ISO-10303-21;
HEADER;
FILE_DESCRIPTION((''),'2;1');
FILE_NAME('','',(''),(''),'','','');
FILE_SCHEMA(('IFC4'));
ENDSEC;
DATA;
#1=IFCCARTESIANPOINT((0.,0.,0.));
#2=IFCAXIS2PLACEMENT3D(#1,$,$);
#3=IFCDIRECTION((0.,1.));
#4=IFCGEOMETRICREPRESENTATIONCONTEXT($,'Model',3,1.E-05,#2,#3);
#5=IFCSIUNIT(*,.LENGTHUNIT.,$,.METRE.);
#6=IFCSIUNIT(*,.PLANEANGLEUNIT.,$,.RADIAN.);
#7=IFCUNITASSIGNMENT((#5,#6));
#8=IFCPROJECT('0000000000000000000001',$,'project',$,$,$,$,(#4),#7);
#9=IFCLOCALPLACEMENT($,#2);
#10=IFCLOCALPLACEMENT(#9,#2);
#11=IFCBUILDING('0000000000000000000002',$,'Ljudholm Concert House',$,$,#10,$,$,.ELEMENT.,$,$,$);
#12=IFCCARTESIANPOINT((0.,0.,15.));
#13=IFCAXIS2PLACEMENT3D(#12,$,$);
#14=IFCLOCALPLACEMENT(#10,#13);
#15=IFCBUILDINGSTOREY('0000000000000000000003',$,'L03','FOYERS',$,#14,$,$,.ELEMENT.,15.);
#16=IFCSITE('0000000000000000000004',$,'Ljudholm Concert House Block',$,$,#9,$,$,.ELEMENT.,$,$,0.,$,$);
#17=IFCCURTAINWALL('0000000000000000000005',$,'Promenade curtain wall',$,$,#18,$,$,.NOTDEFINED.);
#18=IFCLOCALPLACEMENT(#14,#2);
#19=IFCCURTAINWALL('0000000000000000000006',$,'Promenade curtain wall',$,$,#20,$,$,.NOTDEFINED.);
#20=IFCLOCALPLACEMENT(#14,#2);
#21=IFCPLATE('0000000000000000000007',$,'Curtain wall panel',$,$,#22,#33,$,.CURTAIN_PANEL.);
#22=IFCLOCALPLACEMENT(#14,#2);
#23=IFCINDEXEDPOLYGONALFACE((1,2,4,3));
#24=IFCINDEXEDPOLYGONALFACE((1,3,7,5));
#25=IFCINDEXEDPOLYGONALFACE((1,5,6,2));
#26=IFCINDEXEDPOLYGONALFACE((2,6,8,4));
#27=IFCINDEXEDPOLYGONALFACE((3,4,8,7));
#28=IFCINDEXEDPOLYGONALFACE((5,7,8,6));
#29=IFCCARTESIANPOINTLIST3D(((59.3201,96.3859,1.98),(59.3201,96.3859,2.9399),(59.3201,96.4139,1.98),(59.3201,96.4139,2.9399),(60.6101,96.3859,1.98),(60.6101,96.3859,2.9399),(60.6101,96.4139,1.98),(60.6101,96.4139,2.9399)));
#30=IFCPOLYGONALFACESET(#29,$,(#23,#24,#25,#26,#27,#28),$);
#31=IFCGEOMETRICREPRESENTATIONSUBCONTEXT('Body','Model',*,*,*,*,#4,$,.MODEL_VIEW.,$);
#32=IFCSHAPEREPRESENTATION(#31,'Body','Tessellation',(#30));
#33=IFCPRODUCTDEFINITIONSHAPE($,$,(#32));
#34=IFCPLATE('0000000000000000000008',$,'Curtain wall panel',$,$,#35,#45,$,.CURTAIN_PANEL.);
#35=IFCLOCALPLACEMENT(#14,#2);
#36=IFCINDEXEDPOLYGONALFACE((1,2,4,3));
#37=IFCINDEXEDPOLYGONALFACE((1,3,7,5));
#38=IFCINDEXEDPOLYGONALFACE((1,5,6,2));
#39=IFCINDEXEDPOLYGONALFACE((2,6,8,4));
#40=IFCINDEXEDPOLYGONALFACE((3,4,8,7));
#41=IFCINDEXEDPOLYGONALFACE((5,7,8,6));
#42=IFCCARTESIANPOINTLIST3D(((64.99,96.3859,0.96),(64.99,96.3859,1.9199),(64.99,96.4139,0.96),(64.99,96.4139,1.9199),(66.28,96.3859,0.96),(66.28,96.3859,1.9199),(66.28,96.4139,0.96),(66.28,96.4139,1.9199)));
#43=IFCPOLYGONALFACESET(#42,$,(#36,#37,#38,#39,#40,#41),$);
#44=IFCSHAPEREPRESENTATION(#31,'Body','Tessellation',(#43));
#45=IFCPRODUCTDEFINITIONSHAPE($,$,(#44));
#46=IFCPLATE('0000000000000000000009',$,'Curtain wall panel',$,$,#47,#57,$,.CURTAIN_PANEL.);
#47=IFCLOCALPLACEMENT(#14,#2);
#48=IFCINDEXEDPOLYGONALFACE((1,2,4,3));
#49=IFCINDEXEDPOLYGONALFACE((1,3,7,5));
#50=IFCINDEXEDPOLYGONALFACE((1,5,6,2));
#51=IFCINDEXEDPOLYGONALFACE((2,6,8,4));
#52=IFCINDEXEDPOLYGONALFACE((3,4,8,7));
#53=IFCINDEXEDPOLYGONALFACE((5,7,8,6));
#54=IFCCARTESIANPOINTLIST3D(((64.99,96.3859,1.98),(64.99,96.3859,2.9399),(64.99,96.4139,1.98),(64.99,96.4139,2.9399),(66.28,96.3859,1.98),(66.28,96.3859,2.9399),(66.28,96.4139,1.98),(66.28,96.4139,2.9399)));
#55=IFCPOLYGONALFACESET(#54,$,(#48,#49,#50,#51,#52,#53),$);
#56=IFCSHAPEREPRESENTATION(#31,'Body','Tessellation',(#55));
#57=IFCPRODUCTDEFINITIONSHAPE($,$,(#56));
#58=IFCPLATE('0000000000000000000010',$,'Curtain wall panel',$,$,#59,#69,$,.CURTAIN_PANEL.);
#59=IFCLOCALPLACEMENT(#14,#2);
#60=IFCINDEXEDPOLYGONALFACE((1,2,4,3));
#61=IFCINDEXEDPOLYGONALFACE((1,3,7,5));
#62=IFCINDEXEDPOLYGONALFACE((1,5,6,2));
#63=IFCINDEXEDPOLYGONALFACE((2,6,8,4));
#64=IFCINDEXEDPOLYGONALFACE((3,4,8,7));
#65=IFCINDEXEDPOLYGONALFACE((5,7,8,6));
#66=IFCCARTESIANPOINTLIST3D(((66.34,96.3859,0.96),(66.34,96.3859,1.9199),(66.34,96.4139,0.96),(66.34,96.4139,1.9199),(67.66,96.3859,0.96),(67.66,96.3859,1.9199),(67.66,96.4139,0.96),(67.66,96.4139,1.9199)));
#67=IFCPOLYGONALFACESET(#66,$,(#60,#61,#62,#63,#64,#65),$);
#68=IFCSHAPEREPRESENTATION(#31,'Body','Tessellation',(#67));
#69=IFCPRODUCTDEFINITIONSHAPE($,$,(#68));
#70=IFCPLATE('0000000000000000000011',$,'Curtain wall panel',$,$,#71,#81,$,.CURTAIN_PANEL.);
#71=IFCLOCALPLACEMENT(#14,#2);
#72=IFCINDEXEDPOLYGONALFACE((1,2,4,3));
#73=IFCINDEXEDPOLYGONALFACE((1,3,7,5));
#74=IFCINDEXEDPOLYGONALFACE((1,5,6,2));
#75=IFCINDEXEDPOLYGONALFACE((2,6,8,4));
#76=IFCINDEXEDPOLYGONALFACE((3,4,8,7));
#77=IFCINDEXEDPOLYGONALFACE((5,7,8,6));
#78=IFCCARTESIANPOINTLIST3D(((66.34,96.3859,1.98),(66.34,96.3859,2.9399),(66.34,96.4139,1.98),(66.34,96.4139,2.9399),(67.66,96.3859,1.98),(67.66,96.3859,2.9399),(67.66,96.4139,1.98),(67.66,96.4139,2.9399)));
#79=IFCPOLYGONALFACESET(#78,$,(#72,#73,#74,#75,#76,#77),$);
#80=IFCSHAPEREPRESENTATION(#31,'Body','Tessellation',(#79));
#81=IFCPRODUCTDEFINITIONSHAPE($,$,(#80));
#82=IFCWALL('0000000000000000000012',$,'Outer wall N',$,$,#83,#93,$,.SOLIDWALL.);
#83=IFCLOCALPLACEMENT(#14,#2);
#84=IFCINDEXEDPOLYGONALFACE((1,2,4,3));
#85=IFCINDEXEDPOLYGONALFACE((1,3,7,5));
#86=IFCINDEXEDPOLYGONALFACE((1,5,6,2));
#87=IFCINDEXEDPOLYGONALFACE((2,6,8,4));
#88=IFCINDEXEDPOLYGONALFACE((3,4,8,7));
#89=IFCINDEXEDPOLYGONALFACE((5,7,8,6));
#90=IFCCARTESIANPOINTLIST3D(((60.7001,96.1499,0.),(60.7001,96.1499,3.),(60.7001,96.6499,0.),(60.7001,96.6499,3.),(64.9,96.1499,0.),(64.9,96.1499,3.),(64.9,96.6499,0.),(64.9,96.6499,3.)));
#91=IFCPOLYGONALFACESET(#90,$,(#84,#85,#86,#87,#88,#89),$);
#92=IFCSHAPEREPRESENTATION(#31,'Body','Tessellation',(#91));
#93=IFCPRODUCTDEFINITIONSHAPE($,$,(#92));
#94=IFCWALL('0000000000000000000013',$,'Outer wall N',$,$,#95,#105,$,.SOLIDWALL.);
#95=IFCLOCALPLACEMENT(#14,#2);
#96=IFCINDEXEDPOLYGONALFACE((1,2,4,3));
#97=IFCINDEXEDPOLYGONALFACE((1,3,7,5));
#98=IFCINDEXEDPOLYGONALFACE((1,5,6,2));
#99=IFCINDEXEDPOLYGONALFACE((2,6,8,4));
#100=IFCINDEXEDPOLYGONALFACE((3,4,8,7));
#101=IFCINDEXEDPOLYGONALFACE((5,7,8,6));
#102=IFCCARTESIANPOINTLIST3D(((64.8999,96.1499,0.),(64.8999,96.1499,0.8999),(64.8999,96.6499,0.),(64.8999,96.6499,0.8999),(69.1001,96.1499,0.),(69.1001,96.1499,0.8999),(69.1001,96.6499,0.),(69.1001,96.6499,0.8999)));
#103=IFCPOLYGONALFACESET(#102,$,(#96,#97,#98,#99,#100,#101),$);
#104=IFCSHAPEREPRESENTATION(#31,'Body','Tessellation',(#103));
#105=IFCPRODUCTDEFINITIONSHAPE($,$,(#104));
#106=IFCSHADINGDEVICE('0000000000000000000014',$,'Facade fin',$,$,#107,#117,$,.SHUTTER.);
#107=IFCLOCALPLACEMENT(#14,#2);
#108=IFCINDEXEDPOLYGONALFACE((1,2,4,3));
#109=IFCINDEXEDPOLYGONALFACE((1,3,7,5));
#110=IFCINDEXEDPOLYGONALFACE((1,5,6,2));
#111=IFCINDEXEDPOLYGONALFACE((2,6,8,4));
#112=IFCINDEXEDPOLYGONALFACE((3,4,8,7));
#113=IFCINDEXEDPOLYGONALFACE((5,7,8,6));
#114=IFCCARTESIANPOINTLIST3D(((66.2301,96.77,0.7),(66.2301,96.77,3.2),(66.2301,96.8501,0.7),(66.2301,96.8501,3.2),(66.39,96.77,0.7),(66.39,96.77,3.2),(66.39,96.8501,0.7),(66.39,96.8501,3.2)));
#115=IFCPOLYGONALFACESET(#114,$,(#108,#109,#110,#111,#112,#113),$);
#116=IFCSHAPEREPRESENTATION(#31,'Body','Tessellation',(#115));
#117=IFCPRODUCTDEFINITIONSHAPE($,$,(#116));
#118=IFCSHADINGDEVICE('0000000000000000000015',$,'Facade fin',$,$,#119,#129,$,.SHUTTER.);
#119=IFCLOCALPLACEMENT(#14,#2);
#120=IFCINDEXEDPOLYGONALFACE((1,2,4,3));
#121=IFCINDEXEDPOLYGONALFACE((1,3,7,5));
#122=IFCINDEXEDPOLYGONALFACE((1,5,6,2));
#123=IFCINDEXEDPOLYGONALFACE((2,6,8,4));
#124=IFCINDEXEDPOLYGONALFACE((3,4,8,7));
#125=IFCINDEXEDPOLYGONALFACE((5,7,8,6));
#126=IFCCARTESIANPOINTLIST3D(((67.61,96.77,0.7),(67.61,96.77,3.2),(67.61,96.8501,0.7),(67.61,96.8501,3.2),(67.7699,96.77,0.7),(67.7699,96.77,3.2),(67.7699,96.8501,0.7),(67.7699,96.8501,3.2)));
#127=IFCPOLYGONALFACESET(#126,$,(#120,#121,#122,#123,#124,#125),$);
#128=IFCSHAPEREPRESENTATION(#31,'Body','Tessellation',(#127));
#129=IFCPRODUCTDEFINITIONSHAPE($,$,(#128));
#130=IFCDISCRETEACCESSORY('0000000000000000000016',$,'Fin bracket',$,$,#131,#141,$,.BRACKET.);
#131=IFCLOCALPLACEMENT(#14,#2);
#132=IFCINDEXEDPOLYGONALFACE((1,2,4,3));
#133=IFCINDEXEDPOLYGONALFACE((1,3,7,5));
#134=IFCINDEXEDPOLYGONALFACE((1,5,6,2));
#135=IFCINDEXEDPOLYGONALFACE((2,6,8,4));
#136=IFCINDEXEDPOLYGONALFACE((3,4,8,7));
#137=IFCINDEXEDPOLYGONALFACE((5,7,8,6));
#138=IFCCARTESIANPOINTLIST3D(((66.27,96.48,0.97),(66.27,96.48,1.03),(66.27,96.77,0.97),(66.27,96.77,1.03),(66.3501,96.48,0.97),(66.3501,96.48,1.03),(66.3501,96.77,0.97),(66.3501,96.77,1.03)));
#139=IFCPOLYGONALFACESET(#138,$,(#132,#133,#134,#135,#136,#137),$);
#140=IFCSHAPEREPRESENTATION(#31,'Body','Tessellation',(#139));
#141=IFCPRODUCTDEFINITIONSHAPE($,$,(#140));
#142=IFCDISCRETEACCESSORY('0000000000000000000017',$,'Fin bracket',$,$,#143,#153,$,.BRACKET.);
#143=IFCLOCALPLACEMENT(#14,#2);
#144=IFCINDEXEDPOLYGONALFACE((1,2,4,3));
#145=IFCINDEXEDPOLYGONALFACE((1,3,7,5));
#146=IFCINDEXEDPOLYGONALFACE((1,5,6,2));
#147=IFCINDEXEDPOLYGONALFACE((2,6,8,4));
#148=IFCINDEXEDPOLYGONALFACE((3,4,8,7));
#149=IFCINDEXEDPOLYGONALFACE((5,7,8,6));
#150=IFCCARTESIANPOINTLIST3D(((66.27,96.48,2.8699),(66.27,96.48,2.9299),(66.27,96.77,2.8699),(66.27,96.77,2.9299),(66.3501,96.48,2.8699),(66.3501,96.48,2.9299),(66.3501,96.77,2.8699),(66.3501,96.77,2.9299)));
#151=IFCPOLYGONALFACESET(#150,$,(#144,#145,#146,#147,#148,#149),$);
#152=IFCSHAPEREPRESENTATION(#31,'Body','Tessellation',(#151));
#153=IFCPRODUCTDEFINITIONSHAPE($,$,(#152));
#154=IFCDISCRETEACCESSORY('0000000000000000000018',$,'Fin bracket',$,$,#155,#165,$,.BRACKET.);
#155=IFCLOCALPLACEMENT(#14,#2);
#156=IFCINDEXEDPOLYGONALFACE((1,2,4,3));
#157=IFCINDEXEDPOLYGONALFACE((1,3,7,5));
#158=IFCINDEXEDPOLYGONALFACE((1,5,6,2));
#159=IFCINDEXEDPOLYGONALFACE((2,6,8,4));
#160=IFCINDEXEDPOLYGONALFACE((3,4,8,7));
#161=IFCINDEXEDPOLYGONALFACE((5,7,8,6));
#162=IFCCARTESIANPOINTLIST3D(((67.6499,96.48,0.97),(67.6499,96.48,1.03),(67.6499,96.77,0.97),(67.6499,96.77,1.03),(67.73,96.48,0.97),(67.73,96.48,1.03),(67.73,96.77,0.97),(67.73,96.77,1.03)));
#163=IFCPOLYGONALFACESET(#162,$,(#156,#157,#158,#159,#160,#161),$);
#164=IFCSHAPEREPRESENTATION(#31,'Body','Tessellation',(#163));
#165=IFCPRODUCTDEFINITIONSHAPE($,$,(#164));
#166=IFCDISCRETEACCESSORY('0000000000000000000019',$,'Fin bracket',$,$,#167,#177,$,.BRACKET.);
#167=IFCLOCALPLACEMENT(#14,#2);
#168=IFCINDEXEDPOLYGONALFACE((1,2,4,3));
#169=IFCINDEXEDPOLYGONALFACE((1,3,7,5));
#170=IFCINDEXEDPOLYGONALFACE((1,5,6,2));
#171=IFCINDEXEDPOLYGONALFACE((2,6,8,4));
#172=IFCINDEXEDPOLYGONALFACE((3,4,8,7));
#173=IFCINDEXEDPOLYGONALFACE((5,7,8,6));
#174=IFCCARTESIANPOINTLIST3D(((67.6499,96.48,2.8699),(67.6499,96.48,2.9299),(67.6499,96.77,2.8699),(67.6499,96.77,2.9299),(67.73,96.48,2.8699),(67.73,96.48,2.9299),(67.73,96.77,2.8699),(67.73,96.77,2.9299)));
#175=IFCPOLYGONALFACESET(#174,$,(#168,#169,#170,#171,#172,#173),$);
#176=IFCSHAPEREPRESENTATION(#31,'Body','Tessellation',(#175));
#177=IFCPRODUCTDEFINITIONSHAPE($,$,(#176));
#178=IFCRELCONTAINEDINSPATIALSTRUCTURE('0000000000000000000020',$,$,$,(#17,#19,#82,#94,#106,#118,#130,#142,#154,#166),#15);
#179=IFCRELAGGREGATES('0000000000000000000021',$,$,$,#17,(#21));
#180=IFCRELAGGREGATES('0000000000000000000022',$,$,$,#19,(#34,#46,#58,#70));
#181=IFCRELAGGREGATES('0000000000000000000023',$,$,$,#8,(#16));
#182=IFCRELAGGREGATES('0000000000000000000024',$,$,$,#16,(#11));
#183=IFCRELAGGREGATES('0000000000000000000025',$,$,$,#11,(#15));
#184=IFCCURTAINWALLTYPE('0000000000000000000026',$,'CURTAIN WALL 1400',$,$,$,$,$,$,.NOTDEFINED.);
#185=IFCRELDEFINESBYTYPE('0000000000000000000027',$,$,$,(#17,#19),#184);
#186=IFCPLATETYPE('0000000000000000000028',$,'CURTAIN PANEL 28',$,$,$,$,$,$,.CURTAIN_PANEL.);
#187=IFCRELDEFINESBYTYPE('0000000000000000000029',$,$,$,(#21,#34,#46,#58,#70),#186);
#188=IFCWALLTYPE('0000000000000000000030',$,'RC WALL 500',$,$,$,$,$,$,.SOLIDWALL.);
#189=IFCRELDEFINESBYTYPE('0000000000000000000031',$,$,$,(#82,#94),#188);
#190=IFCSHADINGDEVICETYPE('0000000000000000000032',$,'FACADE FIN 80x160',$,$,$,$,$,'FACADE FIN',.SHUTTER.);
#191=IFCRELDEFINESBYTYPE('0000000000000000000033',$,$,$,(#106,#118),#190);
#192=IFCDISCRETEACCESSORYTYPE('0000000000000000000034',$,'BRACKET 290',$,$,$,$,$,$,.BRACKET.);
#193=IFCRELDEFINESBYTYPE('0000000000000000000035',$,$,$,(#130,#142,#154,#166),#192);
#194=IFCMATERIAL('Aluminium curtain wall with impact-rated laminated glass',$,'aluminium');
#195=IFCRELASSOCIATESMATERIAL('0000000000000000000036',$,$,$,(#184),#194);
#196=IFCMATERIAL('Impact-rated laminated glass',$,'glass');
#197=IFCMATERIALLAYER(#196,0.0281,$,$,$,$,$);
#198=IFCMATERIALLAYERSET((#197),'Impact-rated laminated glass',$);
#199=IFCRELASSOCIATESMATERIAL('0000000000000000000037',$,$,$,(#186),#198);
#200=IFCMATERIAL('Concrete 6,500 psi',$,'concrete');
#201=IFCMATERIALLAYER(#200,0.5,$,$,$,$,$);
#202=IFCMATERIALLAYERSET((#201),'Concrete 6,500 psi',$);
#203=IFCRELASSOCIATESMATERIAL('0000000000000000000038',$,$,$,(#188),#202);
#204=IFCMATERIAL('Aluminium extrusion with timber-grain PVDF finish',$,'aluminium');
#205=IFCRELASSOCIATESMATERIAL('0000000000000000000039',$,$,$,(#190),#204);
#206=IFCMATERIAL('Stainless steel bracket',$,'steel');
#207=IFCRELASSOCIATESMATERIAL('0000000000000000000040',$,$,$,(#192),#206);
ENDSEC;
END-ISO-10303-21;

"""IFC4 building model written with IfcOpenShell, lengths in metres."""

from ifc_helpers import new_model, si_unit, direction, frame, frame_2d, origin, origin_2d, place, context, subcontext, project, spatial, rectangle, extrude, material, layer, layer_set, type_object, element, aggregate, save


model = new_model("IFC4")

# Units and contexts
model_context = context("Model", 3, precision=1e-05, world=origin(), true_north=direction((0.0, 1.0)))
body_context = subcontext(model_context, "Body", "Model", "MODEL_VIEW")
ifc_project = project(units=[si_unit("LENGTHUNIT", "METRE"), si_unit("PLANEANGLEUNIT", "RADIAN")], contexts=[model_context])

# Site, building, storey
site_placement = place(None, origin())
site = spatial("IfcSite", under=ifc_project, at=site_placement, Name="Ljudholm Concert House Block", CompositionType="ELEMENT", RefElevation=0.0)
building_placement = place(site_placement, origin())
building = spatial("IfcBuilding", under=site, at=building_placement, Name="Ljudholm Concert House", CompositionType="ELEMENT")
storey_placement = place(building_placement, frame((0.0, 0.0, 15.0)))
storey = spatial("IfcBuildingStorey", under=building, at=storey_placement, Name="L03", Description="FOYERS", CompositionType="ELEMENT", Elevation=15.0)

# Curtain wall
ifc_material_1 = material(Name="Aluminium curtain wall with impact-rated laminated glass", Category="aluminium")
curtain_wall_type = type_object("IfcCurtainWallType", Name="CURTAIN WALL 1400", PredefinedType="NOTDEFINED", material=ifc_material_1)
curtain_wall_1_placement = place(storey_placement, origin())
curtain_wall_1 = element("IfcCurtainWall", 1, at=curtain_wall_1_placement, inside=storey, type_object=curtain_wall_type, Name="Promenade curtain wall", PredefinedType="NOTDEFINED")

# Curtain wall
curtain_wall_2_placement = place(storey_placement, origin())
curtain_wall_2 = element("IfcCurtainWall", 2, at=curtain_wall_2_placement, inside=storey, type_object=curtain_wall_type, Name="Promenade curtain wall", PredefinedType="NOTDEFINED")

# Plates
ifc_material_2 = material(Name="Impact-rated laminated glass", Category="glass")
ifc_layer_1 = layer(ifc_material_2, 0.0281)
ifc_layer_set_1 = layer_set([ifc_layer_1], Name="Impact-rated laminated glass")
plate_type = type_object("IfcPlateType", Name="CURTAIN PANEL 28", PredefinedType="CURTAIN_PANEL", material=ifc_layer_set_1)
plate_1_placement = place(storey_placement, frame((59.9651, 96.3999, 1.98), z_axis=(0.0, 0.0, 1.0), x_axis=(1.0, 0.0, 0.0)))
plate_1 = element("IfcPlate", 3, at=plate_1_placement, type_object=plate_type, Name="Curtain wall panel", PredefinedType="CURTAIN_PANEL", context=body_context, shape_type="SweptSolid", body=[
    extrude(rectangle(XDim=1.29, YDim=0.0281, at=origin_2d()), origin(), (0.0, 0.0, 1.0), 0.96),
])
aggregate(curtain_wall_1, [plate_1])
plate_2_placement = place(storey_placement, frame((65.635, 96.3999, 0.96), z_axis=(0.0, 0.0, 1.0), x_axis=(1.0, 0.0, 0.0)))
plate_2 = element("IfcPlate", 4, at=plate_2_placement, type_object=plate_type, Name="Curtain wall panel", PredefinedType="CURTAIN_PANEL", context=body_context, shape_type="SweptSolid", body=[
    extrude(rectangle(XDim=1.29, YDim=0.0281, at=origin_2d()), origin(), (0.0, 0.0, 1.0), 0.96),
])
plate_3_placement = place(storey_placement, frame((65.635, 96.3999, 1.98), z_axis=(0.0, 0.0, 1.0), x_axis=(1.0, 0.0, 0.0)))
plate_3 = element("IfcPlate", 5, at=plate_3_placement, type_object=plate_type, Name="Curtain wall panel", PredefinedType="CURTAIN_PANEL", context=body_context, shape_type="SweptSolid", body=[
    extrude(rectangle(XDim=1.29, YDim=0.0281, at=origin_2d()), origin(), (0.0, 0.0, 1.0), 0.96),
])
plate_4_placement = place(storey_placement, frame((67.0, 96.3999, 0.96), z_axis=(0.0, 0.0, 1.0), x_axis=(1.0, 0.0, 0.0)))
plate_4 = element("IfcPlate", 6, at=plate_4_placement, type_object=plate_type, Name="Curtain wall panel", PredefinedType="CURTAIN_PANEL", context=body_context, shape_type="SweptSolid", body=[
    extrude(rectangle(XDim=1.3201, YDim=0.0281, at=origin_2d()), origin(), (0.0, 0.0, 1.0), 0.96),
])
plate_5_placement = place(storey_placement, frame((67.0, 96.3999, 1.98), z_axis=(0.0, 0.0, 1.0), x_axis=(1.0, 0.0, 0.0)))
plate_5 = element("IfcPlate", 7, at=plate_5_placement, type_object=plate_type, Name="Curtain wall panel", PredefinedType="CURTAIN_PANEL", context=body_context, shape_type="SweptSolid", body=[
    extrude(rectangle(XDim=1.3201, YDim=0.0281, at=origin_2d()), origin(), (0.0, 0.0, 1.0), 0.96),
])
aggregate(curtain_wall_2, [plate_2, plate_3, plate_4, plate_5])

# Walls
ifc_material_3 = material(Name="Concrete 6,500 psi", Category="concrete")
ifc_layer_2 = layer(ifc_material_3, 0.5)
ifc_layer_set_2 = layer_set([ifc_layer_2], Name="Concrete 6,500 psi")
wall_type = type_object("IfcWallType", Name="RC WALL 500", PredefinedType="SOLIDWALL", material=ifc_layer_set_2)
wall_1_placement = place(storey_placement, frame((60.7, 96.3999, 0.0), z_axis=(0.0, 0.0, 1.0), x_axis=(1.0, 0.0, 0.0)))
element("IfcWall", 8, at=wall_1_placement, inside=storey, type_object=wall_type, Name="Outer wall N", PredefinedType="SOLIDWALL", context=body_context, shape_type="SweptSolid", body=[
    extrude(rectangle(XDim=4.2, YDim=0.5, at=frame_2d((2.1001, 0.0))), origin(), (0.0, 0.0, 1.0), 3.0),
])
wall_2_placement = place(storey_placement, frame((64.8999, 96.3999, 0.0), z_axis=(0.0, 0.0, 1.0), x_axis=(1.0, 0.0, 0.0)))
element("IfcWall", 9, at=wall_2_placement, inside=storey, type_object=wall_type, Name="Outer wall N", PredefinedType="SOLIDWALL", context=body_context, shape_type="SweptSolid", body=[
    extrude(rectangle(XDim=4.2002, YDim=0.5, at=frame_2d((2.1001, 0.0))), origin(), (0.0, 0.0, 1.0), 0.8999),
])

# Shading devices
ifc_material_4 = material(Name="Aluminium extrusion with timber-grain PVDF finish", Category="aluminium")
shading_device_type = type_object("IfcShadingDeviceType", Name="FACADE FIN 80x160", ElementType="FACADE FIN", PredefinedType="SHUTTER", material=ifc_material_4)
for number, where, z_axis, x_axis, name in (
    (10, (66.3101, 96.8101, 0.7), (0.0, 0.0, 1.0), (0.0, 1.0, 0.0), "Facade fin"),
    (11, (67.6899, 96.8101, 0.7), (0.0, 0.0, 1.0), (0.0, 1.0, 0.0), "Facade fin"),
):
    element("IfcShadingDevice", number, at=place(storey_placement, frame(where, z_axis=z_axis, x_axis=x_axis)), inside=storey, type_object=shading_device_type, Name=name, PredefinedType="SHUTTER", context=body_context, shape_type="SweptSolid", body=[
        extrude(rectangle(XDim=0.0801, YDim=0.1599, at=origin_2d()), origin(), (0.0, 0.0, 1.0), 2.5),
    ])

# Discrete accessories
ifc_material_5 = material(Name="Stainless steel bracket", Category="steel")
discrete_accessory_type = type_object("IfcDiscreteAccessoryType", Name="BRACKET 290", PredefinedType="BRACKET", material=ifc_material_5)
for number, where, z_axis, x_axis, name in (
    (12, (66.3101, 96.625, 0.97), (0.0, 0.0, 1.0), (0.0, 1.0, 0.0), "Fin bracket"),
    (13, (66.3101, 96.625, 2.8699), (0.0, 0.0, 1.0), (0.0, 1.0, 0.0), "Fin bracket"),
    (14, (67.6899, 96.625, 0.97), (0.0, 0.0, 1.0), (0.0, 1.0, 0.0), "Fin bracket"),
    (15, (67.6899, 96.625, 2.8699), (0.0, 0.0, 1.0), (0.0, 1.0, 0.0), "Fin bracket"),
):
    element("IfcDiscreteAccessory", number, at=place(storey_placement, frame(where, z_axis=z_axis, x_axis=x_axis)), inside=storey, type_object=discrete_accessory_type, Name=name, PredefinedType="BRACKET", context=body_context, shape_type="SweptSolid", body=[
        extrude(rectangle(XDim=0.29, YDim=0.0801, at=origin_2d()), origin(), (0.0, 0.0, 1.0), 0.0601),
    ])

save(model, "model.ifc")
